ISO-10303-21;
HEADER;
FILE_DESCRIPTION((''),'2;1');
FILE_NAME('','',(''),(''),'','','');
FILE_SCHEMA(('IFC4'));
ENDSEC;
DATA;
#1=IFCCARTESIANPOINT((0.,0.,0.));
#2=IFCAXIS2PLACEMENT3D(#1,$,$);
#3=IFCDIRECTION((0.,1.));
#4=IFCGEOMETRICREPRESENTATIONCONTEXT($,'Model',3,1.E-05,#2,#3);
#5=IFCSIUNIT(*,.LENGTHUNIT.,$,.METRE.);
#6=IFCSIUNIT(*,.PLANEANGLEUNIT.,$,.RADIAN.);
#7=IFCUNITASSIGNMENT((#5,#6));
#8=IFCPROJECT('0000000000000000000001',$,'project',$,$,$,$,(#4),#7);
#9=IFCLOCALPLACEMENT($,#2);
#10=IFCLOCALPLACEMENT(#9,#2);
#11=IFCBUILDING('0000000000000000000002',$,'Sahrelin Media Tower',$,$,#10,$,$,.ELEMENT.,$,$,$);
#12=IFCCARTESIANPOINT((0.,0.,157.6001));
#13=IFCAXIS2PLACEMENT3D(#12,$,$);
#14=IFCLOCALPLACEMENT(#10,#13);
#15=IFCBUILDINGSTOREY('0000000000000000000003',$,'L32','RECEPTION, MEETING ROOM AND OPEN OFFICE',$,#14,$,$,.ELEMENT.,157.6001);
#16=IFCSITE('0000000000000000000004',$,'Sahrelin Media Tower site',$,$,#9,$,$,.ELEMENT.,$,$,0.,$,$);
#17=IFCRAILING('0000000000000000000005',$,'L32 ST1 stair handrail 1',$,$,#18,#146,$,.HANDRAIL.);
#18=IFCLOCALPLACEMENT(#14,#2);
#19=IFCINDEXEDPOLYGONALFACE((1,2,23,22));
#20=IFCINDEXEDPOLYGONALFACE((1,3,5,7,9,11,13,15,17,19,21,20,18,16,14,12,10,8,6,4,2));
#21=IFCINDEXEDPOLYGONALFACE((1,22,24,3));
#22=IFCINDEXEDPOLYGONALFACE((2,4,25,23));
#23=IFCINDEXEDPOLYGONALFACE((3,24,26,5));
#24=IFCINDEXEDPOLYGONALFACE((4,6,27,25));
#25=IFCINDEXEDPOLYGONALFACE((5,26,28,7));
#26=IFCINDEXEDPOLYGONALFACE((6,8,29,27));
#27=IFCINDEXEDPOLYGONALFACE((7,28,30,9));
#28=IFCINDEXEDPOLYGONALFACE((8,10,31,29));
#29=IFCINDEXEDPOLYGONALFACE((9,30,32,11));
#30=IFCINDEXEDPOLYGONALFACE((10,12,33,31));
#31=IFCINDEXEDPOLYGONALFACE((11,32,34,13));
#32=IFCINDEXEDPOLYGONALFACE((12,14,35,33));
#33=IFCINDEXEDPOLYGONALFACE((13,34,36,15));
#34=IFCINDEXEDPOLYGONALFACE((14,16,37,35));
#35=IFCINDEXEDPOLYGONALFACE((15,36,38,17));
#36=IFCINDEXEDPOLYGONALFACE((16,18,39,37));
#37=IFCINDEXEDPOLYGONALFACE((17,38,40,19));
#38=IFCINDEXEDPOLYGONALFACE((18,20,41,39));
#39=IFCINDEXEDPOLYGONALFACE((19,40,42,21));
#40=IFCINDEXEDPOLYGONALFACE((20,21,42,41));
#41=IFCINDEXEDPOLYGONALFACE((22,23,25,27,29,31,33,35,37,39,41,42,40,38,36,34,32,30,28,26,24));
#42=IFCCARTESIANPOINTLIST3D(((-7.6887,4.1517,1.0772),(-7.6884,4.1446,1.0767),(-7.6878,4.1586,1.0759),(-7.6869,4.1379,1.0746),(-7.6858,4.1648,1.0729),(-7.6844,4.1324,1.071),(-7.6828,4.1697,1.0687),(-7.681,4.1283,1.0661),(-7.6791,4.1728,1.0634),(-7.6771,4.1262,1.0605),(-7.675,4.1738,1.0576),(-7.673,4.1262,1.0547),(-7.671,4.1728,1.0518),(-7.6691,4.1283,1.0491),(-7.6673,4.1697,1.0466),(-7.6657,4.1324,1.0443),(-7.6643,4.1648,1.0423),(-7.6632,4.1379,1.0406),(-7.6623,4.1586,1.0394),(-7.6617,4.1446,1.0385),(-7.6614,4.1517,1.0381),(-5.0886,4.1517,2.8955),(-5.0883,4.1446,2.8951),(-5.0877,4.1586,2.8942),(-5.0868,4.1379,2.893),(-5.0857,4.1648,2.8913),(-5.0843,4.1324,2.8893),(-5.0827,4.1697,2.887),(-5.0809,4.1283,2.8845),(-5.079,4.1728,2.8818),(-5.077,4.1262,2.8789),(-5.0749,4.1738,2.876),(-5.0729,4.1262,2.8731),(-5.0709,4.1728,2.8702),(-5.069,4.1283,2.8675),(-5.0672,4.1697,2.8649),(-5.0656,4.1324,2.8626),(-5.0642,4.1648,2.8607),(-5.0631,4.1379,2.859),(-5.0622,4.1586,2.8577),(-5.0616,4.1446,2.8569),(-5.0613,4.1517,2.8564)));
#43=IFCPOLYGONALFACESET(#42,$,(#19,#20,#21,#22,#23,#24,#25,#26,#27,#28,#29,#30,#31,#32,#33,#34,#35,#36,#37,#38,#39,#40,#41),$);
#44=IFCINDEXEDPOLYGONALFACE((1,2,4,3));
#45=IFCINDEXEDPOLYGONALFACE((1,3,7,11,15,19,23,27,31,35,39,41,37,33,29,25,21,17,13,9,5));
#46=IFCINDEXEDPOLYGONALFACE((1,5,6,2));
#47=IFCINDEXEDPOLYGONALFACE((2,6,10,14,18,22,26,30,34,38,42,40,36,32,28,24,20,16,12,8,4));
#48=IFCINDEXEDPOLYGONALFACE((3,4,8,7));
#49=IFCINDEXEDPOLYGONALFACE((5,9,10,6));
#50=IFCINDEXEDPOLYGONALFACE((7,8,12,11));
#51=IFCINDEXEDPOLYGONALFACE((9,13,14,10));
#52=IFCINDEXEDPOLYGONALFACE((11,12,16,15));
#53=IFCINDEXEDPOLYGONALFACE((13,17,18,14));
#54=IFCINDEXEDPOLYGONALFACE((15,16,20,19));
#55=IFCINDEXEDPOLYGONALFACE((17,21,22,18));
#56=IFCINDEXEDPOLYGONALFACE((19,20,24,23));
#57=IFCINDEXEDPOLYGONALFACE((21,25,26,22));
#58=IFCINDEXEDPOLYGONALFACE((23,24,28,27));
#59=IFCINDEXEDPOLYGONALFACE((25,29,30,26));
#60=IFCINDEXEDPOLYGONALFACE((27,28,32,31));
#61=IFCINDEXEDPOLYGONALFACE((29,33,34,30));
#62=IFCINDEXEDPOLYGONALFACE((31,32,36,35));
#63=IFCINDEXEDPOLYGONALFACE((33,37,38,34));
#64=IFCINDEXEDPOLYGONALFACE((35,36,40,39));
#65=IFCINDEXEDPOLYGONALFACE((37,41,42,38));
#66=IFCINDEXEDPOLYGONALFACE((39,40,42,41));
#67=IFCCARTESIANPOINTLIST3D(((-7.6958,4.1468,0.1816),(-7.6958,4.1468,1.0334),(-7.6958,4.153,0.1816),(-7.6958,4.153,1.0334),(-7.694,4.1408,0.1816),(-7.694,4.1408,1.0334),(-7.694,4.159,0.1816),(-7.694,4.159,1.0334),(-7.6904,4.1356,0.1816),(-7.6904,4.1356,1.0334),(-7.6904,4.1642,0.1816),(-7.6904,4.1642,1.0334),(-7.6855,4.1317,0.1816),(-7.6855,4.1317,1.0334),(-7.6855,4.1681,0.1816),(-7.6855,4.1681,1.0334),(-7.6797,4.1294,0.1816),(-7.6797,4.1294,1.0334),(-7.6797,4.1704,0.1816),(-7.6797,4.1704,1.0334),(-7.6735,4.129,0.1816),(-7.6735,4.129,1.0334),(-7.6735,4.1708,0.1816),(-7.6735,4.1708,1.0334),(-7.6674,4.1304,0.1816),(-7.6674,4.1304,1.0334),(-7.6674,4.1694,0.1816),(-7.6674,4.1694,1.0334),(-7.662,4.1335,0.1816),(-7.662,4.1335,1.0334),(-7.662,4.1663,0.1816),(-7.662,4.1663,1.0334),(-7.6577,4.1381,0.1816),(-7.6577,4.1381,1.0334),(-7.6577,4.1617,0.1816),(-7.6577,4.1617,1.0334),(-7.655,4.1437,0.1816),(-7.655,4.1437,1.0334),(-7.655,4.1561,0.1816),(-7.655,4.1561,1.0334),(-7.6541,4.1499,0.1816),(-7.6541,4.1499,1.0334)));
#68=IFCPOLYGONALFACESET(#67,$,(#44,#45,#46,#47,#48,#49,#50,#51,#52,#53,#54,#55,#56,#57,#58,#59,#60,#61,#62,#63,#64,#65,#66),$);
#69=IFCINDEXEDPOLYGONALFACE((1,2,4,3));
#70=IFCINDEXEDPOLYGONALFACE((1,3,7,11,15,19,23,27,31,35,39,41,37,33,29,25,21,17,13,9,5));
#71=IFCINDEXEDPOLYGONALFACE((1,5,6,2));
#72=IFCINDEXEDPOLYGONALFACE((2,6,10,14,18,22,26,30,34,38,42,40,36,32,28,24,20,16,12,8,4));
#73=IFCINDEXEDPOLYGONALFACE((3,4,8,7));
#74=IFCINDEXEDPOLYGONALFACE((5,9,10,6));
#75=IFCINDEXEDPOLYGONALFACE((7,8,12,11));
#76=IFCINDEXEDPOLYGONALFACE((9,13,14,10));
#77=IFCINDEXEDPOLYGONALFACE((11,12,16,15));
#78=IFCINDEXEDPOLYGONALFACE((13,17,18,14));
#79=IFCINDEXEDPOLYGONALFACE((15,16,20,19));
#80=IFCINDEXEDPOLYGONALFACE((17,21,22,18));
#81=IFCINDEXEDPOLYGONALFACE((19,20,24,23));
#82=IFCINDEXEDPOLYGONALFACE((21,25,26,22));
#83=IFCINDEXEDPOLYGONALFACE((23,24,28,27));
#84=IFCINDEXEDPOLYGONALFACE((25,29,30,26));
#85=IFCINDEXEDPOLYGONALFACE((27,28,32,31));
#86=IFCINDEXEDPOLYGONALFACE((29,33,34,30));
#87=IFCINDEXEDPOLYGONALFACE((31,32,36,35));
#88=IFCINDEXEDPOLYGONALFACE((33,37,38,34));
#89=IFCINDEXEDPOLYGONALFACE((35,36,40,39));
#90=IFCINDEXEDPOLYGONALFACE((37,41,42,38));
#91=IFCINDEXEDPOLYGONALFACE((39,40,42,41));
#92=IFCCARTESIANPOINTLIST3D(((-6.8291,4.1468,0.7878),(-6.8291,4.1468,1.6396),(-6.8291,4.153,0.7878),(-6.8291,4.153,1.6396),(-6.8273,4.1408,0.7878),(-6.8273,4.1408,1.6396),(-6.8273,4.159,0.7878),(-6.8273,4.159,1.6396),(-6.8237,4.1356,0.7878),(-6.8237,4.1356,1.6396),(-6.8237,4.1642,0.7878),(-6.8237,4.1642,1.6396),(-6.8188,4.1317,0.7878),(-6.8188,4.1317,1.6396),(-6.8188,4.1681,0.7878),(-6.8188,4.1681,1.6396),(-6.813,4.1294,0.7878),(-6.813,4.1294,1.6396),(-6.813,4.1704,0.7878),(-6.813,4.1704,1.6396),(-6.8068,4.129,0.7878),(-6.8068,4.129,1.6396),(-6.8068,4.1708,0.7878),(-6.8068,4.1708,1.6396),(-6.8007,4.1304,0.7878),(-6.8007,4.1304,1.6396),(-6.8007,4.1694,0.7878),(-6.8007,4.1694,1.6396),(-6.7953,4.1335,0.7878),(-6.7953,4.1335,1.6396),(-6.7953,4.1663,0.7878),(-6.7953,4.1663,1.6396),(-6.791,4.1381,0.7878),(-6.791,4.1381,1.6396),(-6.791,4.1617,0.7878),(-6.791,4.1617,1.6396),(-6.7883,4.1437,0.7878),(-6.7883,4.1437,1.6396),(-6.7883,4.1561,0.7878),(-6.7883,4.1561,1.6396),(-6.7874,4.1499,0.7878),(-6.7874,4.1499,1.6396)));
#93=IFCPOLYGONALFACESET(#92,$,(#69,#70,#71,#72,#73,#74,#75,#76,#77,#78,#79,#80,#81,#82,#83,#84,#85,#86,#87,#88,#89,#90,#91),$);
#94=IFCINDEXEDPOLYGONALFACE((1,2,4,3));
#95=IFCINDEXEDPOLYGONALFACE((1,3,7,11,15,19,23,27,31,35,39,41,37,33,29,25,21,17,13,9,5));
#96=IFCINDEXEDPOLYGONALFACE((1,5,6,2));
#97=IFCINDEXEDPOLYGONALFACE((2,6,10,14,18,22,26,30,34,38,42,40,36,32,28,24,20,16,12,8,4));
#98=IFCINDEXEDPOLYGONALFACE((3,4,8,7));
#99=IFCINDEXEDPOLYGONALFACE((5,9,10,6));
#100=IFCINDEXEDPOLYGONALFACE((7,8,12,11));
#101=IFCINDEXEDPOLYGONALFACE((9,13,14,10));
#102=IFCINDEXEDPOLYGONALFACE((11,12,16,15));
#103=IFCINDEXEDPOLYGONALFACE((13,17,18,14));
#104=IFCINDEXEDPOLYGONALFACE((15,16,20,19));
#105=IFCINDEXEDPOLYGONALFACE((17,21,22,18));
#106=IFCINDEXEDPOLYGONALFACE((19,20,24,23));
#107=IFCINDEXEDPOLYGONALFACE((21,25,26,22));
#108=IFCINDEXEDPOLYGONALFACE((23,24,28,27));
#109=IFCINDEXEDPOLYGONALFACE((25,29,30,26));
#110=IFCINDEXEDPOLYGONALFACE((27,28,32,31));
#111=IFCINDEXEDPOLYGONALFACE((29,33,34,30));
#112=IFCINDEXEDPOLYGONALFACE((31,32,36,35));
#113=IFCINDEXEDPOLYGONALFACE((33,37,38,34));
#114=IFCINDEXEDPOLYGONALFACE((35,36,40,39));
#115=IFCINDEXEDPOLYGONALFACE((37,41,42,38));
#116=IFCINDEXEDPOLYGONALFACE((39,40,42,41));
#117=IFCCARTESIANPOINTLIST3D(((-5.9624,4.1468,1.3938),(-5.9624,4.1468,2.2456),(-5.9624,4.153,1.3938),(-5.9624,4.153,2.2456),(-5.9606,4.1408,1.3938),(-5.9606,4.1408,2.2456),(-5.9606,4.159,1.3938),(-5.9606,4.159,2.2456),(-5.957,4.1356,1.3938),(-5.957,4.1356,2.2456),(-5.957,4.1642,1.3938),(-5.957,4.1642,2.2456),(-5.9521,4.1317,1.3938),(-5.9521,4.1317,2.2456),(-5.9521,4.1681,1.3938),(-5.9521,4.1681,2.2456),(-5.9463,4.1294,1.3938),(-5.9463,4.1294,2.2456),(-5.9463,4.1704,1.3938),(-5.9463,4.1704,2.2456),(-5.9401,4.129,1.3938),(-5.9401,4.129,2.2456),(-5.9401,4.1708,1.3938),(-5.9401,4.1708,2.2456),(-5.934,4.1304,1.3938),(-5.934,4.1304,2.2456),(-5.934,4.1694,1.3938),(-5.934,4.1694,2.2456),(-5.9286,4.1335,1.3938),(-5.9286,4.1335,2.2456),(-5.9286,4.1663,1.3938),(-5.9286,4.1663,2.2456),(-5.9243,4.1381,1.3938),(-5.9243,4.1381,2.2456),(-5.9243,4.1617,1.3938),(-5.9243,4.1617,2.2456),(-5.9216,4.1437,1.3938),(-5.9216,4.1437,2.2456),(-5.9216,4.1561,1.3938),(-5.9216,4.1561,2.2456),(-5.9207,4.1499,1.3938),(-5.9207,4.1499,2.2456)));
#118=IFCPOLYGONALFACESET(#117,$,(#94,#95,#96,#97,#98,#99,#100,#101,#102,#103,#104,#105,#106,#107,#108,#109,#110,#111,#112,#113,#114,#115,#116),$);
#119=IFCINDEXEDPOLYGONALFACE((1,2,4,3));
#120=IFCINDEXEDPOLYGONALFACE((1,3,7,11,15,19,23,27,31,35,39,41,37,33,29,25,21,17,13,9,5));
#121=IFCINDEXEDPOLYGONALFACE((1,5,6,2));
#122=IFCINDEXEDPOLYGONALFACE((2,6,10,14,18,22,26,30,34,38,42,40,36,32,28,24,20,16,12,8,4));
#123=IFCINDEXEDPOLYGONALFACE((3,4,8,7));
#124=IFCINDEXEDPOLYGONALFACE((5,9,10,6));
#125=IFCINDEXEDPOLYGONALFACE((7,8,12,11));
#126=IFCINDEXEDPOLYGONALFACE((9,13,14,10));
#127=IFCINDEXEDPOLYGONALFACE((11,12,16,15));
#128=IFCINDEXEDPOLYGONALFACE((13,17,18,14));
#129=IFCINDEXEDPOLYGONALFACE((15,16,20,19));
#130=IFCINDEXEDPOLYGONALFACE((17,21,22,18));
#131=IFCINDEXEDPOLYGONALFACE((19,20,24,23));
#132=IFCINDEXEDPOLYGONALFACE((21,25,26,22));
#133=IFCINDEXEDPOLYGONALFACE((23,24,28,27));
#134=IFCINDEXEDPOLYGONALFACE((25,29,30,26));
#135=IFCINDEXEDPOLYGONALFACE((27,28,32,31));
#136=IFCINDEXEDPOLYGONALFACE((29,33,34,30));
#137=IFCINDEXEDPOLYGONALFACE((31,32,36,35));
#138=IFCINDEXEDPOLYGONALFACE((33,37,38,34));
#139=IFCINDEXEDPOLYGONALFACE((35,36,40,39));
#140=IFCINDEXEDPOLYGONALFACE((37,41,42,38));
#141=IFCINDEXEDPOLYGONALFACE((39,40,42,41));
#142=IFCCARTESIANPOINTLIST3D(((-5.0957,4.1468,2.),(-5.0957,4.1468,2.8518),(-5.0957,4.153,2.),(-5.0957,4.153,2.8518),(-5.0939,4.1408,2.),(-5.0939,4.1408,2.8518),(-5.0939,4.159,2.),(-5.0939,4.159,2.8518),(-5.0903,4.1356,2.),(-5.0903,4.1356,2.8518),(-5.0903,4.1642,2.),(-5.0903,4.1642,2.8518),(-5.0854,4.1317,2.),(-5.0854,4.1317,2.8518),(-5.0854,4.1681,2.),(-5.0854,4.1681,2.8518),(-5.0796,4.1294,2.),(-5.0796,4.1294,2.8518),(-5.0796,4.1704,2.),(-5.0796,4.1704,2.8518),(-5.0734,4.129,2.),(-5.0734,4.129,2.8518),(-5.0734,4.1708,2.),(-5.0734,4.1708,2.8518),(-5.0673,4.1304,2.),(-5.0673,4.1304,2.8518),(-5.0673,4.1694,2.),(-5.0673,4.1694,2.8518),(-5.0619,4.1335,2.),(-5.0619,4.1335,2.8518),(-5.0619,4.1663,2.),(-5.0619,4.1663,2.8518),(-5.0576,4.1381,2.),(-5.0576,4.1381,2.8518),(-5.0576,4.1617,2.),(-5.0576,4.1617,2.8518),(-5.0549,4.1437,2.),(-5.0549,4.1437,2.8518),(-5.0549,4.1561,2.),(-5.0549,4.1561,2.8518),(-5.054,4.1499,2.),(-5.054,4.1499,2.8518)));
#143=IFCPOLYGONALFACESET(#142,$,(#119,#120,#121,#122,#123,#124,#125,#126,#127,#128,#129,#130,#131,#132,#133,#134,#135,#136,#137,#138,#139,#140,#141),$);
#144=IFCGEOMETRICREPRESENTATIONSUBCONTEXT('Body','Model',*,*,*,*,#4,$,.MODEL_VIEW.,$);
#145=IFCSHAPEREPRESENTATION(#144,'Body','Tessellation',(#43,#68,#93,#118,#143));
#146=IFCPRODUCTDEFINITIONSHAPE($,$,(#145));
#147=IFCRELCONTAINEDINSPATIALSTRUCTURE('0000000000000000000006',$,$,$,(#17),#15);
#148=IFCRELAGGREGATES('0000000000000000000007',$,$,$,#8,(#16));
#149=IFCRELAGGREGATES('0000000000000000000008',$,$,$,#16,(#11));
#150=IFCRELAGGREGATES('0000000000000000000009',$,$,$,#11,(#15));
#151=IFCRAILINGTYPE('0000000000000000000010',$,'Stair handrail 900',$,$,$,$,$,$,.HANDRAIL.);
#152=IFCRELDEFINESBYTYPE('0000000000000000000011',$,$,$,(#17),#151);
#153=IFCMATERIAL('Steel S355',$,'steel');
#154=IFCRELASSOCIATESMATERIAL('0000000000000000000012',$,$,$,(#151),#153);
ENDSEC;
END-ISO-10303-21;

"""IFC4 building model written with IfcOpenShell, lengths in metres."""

from ifc_helpers import new_model, si_unit, direction, frame, origin, origin_2d, place, context, subcontext, project, spatial, circle, extrude, material, type_object, element, save


model = new_model("IFC4")

# Units and contexts
model_context = context("Model", 3, precision=1e-05, world=origin(), true_north=direction((0.0, 1.0)))
body_context = subcontext(model_context, "Body", "Model", "MODEL_VIEW")
ifc_project = project(units=[si_unit("LENGTHUNIT", "METRE"), si_unit("PLANEANGLEUNIT", "RADIAN")], contexts=[model_context])

# Site, building, storey
site_placement = place(None, origin())
site = spatial("IfcSite", under=ifc_project, at=site_placement, Name="Sahrelin Media Tower site", CompositionType="ELEMENT", RefElevation=0.0)
building_placement = place(site_placement, origin())
building = spatial("IfcBuilding", under=site, at=building_placement, Name="Sahrelin Media Tower", CompositionType="ELEMENT")
storey_placement = place(building_placement, frame((0.0, 0.0, 157.6001)))
storey = spatial("IfcBuildingStorey", under=building, at=storey_placement, Name="L32", Description="RECEPTION, MEETING ROOM AND OPEN OFFICE", CompositionType="ELEMENT", Elevation=157.6001)

# Shared definitions
ifc_material_1 = material(Name="Steel S355", Category="steel")

# Railing
railing_type_1 = type_object("IfcRailingType", Name="Stair handrail 900", PredefinedType="HANDRAIL", material=ifc_material_1)
railing_1_placement = place(storey_placement, frame((-7.675, 4.1499, 0.1816)))
element("IfcRailing", 1, at=railing_1_placement, inside=storey, type_object=railing_type_1, Name="L32 ST1 stair handrail 1", PredefinedType="HANDRAIL", context=body_context, shape_type="SweptSolid", body=[
    extrude(circle(Radius=0.0239, at=origin_2d()), frame((0.0, 0.0, 0.876), z_axis=(0.819485, 0.0, 0.573101), x_axis=(0.0, 1.0, 0.0)), (0.0, 0.0, 1.0), 3.1729),
    extrude(circle(Radius=0.021, at=origin_2d()), origin(), (0.0, 0.0, 1.0), 0.8518),
    extrude(circle(Radius=0.021, at=origin_2d()), frame((0.8667, 0.0, 0.6062)), (0.0, 0.0, 1.0), 0.8518),
    extrude(circle(Radius=0.021, at=origin_2d()), frame((1.7334, 0.0, 1.2122)), (0.0, 0.0, 1.0), 0.8518),
    extrude(circle(Radius=0.021, at=origin_2d()), frame((2.6001, 0.0, 1.8184)), (0.0, 0.0, 1.0), 0.8518),
])

save(model, "model.ifc")
